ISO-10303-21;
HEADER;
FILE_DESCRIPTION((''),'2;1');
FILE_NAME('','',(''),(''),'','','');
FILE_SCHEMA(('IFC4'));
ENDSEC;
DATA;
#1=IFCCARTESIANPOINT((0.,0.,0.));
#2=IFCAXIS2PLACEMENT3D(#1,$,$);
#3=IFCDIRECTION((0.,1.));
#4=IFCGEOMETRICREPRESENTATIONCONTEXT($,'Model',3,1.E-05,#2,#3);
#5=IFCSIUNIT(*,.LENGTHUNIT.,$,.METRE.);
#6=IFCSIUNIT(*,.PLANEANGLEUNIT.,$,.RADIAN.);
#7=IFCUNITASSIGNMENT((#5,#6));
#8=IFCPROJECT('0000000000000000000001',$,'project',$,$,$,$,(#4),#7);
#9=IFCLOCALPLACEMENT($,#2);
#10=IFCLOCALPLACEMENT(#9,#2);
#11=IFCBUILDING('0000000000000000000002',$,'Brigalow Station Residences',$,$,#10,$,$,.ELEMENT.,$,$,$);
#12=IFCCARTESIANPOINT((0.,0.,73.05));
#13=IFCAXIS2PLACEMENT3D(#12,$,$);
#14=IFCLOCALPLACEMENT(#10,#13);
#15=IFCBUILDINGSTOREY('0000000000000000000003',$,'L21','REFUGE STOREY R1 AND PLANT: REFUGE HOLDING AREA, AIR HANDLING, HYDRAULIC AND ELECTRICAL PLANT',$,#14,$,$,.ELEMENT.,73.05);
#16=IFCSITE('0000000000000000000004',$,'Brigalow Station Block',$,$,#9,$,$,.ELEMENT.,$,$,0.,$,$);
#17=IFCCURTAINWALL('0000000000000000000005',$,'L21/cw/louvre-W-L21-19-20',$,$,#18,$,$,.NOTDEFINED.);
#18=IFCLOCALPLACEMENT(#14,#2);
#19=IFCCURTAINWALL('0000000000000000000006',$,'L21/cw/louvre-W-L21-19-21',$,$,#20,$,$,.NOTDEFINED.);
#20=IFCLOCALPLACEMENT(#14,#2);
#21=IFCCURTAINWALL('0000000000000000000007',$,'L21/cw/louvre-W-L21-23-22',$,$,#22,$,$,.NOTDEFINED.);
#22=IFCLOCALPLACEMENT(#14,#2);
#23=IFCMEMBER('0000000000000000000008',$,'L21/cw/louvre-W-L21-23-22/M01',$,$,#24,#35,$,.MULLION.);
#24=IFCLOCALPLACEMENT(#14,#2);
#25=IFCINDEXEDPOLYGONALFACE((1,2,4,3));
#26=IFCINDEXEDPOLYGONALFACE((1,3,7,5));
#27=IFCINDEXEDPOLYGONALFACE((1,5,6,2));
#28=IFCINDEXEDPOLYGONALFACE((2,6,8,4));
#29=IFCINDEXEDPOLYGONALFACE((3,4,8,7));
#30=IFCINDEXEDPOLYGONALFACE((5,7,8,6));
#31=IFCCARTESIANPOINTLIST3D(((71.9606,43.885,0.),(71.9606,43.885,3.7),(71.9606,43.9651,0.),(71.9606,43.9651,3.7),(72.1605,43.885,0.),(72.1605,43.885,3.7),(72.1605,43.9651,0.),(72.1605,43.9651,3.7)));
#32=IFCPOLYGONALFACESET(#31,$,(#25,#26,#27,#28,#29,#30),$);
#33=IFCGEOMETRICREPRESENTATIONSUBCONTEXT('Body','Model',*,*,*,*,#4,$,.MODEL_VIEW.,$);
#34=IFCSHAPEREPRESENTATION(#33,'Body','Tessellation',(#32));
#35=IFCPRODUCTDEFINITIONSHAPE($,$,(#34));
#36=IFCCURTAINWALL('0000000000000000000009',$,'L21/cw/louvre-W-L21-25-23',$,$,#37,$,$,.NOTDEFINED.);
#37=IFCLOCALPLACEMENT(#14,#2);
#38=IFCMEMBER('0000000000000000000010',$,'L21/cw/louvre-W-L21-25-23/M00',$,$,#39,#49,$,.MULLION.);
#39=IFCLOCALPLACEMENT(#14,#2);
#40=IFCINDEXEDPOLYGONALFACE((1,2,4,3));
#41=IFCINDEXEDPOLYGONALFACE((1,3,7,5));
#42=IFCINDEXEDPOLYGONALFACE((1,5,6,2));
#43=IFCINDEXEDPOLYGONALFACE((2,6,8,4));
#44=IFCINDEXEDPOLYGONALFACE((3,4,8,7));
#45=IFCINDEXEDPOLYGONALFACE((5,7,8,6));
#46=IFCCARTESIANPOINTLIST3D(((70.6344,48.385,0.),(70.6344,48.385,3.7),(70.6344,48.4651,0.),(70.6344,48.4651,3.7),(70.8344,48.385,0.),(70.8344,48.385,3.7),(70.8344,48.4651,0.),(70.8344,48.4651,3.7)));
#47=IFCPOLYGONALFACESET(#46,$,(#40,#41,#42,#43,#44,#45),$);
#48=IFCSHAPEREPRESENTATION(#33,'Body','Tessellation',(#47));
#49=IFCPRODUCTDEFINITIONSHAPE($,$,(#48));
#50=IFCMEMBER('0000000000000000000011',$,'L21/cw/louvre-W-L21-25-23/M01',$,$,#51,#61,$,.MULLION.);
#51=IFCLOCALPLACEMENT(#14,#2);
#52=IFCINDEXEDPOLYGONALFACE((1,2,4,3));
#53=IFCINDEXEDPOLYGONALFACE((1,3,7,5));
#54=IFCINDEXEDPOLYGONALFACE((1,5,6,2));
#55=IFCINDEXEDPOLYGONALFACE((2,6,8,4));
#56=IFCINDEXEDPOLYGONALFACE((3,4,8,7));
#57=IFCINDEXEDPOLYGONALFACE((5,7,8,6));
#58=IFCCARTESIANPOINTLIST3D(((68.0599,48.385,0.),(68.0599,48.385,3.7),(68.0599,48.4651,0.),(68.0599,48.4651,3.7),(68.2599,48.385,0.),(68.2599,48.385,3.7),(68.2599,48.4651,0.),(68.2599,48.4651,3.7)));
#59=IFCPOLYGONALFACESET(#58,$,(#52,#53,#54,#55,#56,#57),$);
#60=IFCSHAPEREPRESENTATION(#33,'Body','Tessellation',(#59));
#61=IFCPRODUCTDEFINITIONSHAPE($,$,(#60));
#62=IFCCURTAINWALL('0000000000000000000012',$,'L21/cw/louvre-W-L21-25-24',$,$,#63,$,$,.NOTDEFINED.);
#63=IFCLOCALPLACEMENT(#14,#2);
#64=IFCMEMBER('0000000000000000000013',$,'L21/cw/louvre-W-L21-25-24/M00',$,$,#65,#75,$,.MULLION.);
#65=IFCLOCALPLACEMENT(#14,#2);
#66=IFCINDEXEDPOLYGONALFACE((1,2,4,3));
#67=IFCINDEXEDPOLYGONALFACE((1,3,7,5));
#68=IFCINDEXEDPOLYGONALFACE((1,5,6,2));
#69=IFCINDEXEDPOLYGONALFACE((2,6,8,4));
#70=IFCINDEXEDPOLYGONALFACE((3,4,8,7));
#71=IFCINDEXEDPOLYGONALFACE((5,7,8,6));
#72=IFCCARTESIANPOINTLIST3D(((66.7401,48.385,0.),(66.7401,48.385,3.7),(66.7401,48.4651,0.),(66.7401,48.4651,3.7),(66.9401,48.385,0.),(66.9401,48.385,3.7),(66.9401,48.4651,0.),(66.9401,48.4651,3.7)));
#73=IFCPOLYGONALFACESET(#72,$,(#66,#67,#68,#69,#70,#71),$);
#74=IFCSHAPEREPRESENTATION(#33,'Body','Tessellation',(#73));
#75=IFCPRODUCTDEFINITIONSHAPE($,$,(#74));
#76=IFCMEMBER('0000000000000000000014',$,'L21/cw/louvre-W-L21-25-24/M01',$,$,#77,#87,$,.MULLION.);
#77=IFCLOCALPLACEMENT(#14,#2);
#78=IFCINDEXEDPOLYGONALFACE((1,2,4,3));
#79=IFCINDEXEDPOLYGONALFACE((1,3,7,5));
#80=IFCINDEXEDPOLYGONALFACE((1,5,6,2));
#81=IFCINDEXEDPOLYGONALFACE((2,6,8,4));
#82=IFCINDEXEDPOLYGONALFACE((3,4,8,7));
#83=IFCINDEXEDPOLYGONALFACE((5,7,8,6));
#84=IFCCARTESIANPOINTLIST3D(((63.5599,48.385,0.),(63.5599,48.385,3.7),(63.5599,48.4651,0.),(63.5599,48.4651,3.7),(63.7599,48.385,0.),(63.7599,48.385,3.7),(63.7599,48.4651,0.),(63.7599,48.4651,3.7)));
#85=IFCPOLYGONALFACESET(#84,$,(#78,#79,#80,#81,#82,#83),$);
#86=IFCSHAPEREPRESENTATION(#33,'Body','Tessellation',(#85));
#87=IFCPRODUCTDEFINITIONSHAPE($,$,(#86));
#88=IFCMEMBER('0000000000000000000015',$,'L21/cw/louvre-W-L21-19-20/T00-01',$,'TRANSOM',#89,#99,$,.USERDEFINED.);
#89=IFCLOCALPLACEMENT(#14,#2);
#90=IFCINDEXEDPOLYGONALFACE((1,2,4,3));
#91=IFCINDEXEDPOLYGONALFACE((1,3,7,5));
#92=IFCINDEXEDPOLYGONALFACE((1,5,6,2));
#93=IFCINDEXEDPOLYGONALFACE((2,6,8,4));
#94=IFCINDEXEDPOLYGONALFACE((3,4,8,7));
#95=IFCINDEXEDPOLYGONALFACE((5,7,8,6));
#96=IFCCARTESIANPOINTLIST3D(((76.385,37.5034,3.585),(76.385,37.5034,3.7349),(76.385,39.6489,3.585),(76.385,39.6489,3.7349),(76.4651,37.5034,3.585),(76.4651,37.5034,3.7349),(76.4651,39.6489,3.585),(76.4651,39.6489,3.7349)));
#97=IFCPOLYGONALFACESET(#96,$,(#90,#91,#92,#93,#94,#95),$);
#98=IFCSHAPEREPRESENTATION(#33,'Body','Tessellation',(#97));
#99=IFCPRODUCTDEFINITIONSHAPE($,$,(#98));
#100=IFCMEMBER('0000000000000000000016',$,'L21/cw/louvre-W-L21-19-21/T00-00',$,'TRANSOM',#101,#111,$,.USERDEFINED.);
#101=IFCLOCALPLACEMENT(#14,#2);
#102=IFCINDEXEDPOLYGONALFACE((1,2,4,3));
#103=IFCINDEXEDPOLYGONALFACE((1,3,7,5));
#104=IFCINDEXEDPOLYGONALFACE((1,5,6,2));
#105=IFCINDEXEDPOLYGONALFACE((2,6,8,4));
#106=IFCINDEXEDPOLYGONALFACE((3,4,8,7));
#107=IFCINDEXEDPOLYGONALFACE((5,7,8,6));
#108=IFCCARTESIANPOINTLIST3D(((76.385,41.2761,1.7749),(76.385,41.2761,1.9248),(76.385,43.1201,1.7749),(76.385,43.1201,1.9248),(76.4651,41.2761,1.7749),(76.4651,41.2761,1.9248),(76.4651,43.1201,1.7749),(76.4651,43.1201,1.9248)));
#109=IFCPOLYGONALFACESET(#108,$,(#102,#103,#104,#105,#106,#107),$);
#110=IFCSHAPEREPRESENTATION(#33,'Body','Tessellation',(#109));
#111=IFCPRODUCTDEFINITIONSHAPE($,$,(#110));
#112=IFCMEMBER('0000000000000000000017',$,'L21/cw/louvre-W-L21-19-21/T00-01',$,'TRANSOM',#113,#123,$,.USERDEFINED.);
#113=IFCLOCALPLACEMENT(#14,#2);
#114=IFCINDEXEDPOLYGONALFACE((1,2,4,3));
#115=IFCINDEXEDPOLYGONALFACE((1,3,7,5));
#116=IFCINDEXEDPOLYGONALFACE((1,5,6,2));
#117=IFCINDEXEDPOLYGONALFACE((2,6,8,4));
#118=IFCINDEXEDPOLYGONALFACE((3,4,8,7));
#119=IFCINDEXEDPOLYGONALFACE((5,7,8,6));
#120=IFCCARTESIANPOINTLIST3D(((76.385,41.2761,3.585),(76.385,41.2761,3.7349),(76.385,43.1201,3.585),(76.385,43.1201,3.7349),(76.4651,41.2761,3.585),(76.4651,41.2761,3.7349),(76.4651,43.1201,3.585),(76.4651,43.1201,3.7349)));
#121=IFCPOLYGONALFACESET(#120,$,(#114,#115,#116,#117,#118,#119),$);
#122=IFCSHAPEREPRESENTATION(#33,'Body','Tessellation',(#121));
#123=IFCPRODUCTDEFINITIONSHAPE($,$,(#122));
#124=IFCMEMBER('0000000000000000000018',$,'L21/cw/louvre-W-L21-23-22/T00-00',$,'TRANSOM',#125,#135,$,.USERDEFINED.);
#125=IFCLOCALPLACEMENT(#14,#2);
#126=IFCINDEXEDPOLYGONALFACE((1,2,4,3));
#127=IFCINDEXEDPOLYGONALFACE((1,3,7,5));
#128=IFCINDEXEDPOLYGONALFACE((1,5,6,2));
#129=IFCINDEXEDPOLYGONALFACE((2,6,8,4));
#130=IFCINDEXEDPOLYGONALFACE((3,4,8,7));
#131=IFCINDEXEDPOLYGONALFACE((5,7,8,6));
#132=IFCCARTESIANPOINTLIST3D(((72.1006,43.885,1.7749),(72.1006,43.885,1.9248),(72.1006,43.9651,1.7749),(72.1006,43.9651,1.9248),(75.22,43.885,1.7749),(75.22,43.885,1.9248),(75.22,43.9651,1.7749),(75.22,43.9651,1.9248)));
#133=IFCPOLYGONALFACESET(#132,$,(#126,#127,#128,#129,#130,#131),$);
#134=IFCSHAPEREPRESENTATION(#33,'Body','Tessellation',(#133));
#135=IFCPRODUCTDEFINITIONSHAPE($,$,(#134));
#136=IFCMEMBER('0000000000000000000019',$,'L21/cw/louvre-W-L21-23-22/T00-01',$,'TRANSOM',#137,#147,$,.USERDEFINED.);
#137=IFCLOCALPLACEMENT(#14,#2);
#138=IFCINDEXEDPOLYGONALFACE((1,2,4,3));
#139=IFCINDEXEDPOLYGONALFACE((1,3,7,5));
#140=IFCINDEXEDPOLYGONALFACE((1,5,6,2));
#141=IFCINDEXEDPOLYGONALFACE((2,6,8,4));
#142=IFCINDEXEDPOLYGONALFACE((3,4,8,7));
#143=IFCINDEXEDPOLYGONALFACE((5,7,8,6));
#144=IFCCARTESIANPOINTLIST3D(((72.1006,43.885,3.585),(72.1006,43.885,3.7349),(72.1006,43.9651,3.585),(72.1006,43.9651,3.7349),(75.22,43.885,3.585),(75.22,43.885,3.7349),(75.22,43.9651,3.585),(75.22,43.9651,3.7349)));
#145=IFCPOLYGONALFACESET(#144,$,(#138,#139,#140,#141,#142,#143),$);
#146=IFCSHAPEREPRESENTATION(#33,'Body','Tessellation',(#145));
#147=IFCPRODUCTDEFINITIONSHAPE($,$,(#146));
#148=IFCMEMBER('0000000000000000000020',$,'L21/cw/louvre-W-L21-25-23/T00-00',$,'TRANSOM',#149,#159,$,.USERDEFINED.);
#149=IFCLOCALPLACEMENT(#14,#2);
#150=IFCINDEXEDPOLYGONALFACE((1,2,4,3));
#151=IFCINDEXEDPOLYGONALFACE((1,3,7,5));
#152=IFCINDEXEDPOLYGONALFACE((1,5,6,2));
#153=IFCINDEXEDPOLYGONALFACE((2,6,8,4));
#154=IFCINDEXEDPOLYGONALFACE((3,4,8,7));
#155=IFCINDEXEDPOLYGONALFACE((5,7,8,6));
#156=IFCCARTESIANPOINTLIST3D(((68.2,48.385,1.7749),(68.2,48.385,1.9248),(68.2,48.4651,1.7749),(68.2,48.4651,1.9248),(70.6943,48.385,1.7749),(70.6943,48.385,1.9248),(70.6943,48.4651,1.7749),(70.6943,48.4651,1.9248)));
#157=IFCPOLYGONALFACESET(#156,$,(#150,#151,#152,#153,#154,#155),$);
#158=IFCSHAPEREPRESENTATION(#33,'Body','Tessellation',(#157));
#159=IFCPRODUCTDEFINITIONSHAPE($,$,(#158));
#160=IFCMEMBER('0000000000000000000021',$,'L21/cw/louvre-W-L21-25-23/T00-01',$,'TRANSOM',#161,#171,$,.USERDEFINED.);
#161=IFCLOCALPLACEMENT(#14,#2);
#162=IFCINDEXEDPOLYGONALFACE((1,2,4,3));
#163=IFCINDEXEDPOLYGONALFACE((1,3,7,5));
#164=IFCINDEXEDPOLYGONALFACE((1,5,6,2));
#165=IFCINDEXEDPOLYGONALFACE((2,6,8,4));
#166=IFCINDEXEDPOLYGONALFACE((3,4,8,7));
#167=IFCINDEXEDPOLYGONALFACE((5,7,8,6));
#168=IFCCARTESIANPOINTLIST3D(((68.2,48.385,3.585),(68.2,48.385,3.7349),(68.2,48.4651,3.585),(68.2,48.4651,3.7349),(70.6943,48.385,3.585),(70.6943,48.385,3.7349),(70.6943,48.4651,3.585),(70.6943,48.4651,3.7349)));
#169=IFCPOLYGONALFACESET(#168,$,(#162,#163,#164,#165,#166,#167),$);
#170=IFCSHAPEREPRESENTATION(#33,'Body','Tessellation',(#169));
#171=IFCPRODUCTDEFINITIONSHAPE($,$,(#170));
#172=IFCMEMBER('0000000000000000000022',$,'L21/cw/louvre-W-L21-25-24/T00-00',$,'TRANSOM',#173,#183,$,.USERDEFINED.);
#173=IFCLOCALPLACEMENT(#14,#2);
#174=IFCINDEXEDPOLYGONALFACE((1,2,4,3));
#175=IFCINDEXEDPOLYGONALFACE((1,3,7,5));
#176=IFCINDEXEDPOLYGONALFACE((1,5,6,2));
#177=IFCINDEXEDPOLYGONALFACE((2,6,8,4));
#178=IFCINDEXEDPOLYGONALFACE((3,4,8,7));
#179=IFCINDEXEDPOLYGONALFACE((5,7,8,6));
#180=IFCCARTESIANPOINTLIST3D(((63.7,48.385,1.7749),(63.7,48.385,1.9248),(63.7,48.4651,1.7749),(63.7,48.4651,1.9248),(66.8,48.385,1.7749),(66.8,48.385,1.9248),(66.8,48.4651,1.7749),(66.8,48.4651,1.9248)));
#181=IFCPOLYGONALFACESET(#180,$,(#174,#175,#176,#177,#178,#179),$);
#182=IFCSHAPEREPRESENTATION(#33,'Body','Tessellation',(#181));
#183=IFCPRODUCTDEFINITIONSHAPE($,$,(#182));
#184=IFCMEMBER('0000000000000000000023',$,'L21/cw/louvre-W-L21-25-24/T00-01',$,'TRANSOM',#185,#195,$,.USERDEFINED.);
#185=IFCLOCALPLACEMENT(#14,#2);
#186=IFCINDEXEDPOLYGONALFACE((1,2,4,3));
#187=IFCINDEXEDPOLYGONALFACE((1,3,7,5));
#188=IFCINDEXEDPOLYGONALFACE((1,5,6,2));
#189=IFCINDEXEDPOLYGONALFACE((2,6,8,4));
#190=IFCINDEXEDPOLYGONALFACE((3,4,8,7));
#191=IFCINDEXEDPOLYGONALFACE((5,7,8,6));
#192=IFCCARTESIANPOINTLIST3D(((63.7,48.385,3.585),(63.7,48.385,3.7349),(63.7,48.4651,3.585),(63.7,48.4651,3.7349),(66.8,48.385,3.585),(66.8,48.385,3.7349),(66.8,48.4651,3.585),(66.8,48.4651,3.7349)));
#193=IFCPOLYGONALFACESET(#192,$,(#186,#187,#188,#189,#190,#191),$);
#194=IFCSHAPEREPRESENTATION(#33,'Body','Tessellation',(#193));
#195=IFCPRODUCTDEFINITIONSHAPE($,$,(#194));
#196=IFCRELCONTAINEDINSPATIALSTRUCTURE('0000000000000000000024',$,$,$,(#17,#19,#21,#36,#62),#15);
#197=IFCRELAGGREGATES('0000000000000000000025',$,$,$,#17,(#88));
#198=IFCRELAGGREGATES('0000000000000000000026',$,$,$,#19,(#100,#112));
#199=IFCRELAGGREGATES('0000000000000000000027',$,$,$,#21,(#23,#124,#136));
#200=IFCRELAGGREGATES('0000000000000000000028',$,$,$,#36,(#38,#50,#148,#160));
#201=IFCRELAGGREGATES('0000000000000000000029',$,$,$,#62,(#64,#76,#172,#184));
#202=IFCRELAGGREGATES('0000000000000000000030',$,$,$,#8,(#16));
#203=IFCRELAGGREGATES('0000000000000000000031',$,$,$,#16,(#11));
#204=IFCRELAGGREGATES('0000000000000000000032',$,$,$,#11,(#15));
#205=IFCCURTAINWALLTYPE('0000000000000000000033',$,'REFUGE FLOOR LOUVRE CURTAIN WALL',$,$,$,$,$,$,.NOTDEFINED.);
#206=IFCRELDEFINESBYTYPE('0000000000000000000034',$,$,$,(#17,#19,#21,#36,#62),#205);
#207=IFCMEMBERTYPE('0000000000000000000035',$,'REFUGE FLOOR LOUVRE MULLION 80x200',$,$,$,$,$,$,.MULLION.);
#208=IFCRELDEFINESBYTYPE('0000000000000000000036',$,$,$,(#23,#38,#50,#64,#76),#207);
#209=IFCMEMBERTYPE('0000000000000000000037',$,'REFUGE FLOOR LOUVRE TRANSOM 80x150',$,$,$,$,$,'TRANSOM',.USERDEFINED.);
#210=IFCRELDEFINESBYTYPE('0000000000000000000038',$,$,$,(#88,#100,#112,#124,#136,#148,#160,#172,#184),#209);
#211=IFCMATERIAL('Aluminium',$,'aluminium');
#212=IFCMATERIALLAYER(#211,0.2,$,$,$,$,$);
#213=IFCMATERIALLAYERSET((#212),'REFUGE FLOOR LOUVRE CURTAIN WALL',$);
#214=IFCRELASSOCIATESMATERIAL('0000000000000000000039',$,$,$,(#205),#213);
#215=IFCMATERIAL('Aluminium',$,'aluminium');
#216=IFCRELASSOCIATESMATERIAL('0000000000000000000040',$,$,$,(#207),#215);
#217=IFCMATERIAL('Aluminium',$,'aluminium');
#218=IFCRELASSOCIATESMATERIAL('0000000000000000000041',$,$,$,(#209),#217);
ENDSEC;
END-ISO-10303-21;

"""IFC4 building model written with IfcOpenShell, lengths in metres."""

from ifc_helpers import new_model, si_unit, direction, frame, origin, origin_2d, place, context, subcontext, project, spatial, rectangle, extrude, material, layer, layer_set, material_profile, profile_set, type_object, element, aggregate, save


model = new_model("IFC4")

# Units and contexts
model_context = context("Model", 3, precision=1e-05, world=origin(), true_north=direction((0.0, 1.0)))
body_context = subcontext(model_context, "Body", "Model", "MODEL_VIEW")
ifc_project = project(units=[si_unit("LENGTHUNIT", "METRE"), si_unit("PLANEANGLEUNIT", "RADIAN")], contexts=[model_context])

# Site, building, storey
site_placement = place(None, origin())
site = spatial("IfcSite", under=ifc_project, at=site_placement, Name="Brigalow Station Block", CompositionType="ELEMENT", RefElevation=0.0)
building_placement = place(site_placement, origin())
building = spatial("IfcBuilding", under=site, at=building_placement, Name="Brigalow Station Residences", CompositionType="ELEMENT")
storey_placement = place(building_placement, frame((0.0, 0.0, 73.05)))
storey = spatial("IfcBuildingStorey", under=building, at=storey_placement, Name="L21", Description="REFUGE STOREY R1 AND PLANT: REFUGE HOLDING AREA, AIR HANDLING, HYDRAULIC AND ELECTRICAL PLANT", CompositionType="ELEMENT", Elevation=73.05)

# Curtain wall
ifc_material_1 = material(Name="Aluminium", Category="aluminium")
ifc_layer_1 = layer(ifc_material_1, 0.2)
ifc_layer_set_1 = layer_set([ifc_layer_1], Name="REFUGE FLOOR LOUVRE CURTAIN WALL")
curtain_wall_type = type_object("IfcCurtainWallType", Name="REFUGE FLOOR LOUVRE CURTAIN WALL", PredefinedType="NOTDEFINED", material=ifc_layer_set_1)
curtain_wall_1_placement = place(storey_placement, origin())
curtain_wall_1 = element("IfcCurtainWall", 1, at=curtain_wall_1_placement, inside=storey, type_object=curtain_wall_type, Name="L21/cw/louvre-W-L21-19-20", PredefinedType="NOTDEFINED")
ifc_material_2 = material(Name="Aluminium", Category="aluminium")
ifc_material_profile_1 = material_profile(ifc_material_2, rectangle(XDim=0.0801, YDim=0.2, at=origin_2d()), Name="REFUGE FLOOR LOUVRE MULLION 80x200")
ifc_profile_set_1 = profile_set([ifc_material_profile_1], Name="Aluminium")
member_type_1 = type_object("IfcMemberType", Name="REFUGE FLOOR LOUVRE MULLION 80x200", PredefinedType="MULLION", material=ifc_profile_set_1)

# Curtain walls, members
curtain_wall_2_placement = place(storey_placement, origin())
curtain_wall_2 = element("IfcCurtainWall", 2, at=curtain_wall_2_placement, inside=storey, type_object=curtain_wall_type, Name="L21/cw/louvre-W-L21-19-21", PredefinedType="NOTDEFINED")
curtain_wall_3_placement = place(storey_placement, origin())
curtain_wall_3 = element("IfcCurtainWall", 3, at=curtain_wall_3_placement, inside=storey, type_object=curtain_wall_type, Name="L21/cw/louvre-W-L21-23-22", PredefinedType="NOTDEFINED")
member_1_placement = place(storey_placement, frame((72.0605, 43.925, 0.0), z_axis=(0.0, 0.0, 1.0), x_axis=(0.0, -1.0, 0.0)))
member_1 = element("IfcMember", 4, at=member_1_placement, type_object=member_type_1, Name="L21/cw/louvre-W-L21-23-22/M01", PredefinedType="MULLION", context=body_context, shape_type="SweptSolid", body=[
    extrude(rectangle(XDim=0.0801, YDim=0.2, at=origin_2d()), origin(), (0.0, 0.0, 1.0), 3.7),
])
curtain_wall_4_placement = place(storey_placement, origin())
curtain_wall_4 = element("IfcCurtainWall", 5, at=curtain_wall_4_placement, inside=storey, type_object=curtain_wall_type, Name="L21/cw/louvre-W-L21-25-23", PredefinedType="NOTDEFINED")
member_2_placement = place(storey_placement, frame((70.7344, 48.425, 0.0), z_axis=(0.0, 0.0, 1.0), x_axis=(0.0, -1.0, 0.0)))
member_2 = element("IfcMember", 6, at=member_2_placement, type_object=member_type_1, Name="L21/cw/louvre-W-L21-25-23/M00", PredefinedType="MULLION", context=body_context, shape_type="SweptSolid", body=[
    extrude(rectangle(XDim=0.0801, YDim=0.2, at=origin_2d()), origin(), (0.0, 0.0, 1.0), 3.7),
])
member_3_placement = place(storey_placement, frame((68.1599, 48.425, 0.0), z_axis=(0.0, 0.0, 1.0), x_axis=(0.0, -1.0, 0.0)))
member_3 = element("IfcMember", 7, at=member_3_placement, type_object=member_type_1, Name="L21/cw/louvre-W-L21-25-23/M01", PredefinedType="MULLION", context=body_context, shape_type="SweptSolid", body=[
    extrude(rectangle(XDim=0.0801, YDim=0.2, at=origin_2d()), origin(), (0.0, 0.0, 1.0), 3.7),
])
curtain_wall_5_placement = place(storey_placement, origin())
curtain_wall_5 = element("IfcCurtainWall", 8, at=curtain_wall_5_placement, inside=storey, type_object=curtain_wall_type, Name="L21/cw/louvre-W-L21-25-24", PredefinedType="NOTDEFINED")
member_4_placement = place(storey_placement, frame((66.8401, 48.425, 0.0), z_axis=(0.0, 0.0, 1.0), x_axis=(0.0, -1.0, 0.0)))
member_4 = element("IfcMember", 9, at=member_4_placement, type_object=member_type_1, Name="L21/cw/louvre-W-L21-25-24/M00", PredefinedType="MULLION", context=body_context, shape_type="SweptSolid", body=[
    extrude(rectangle(XDim=0.0801, YDim=0.2, at=origin_2d()), origin(), (0.0, 0.0, 1.0), 3.7),
])
member_5_placement = place(storey_placement, frame((63.6599, 48.425, 0.0), z_axis=(0.0, 0.0, 1.0), x_axis=(0.0, -1.0, 0.0)))
member_5 = element("IfcMember", 10, at=member_5_placement, type_object=member_type_1, Name="L21/cw/louvre-W-L21-25-24/M01", PredefinedType="MULLION", context=body_context, shape_type="SweptSolid", body=[
    extrude(rectangle(XDim=0.0801, YDim=0.2, at=origin_2d()), origin(), (0.0, 0.0, 1.0), 3.7),
])

# Members
ifc_material_3 = material(Name="Aluminium", Category="aluminium")
ifc_material_profile_2 = material_profile(ifc_material_3, rectangle(XDim=0.0801, YDim=0.1499, at=origin_2d()), Name="REFUGE FLOOR LOUVRE TRANSOM 80x150")
ifc_profile_set_2 = profile_set([ifc_material_profile_2], Name="Aluminium")
member_type_2 = type_object("IfcMemberType", Name="REFUGE FLOOR LOUVRE TRANSOM 80x150", ElementType="TRANSOM", PredefinedType="USERDEFINED", material=ifc_profile_set_2)
member_6_placement = place(storey_placement, frame((76.425, 37.5034, 3.6599), z_axis=(0.0, 1.0, 0.0), x_axis=(-1.0, 0.0, 0.0)))
member_6 = element("IfcMember", 11, at=member_6_placement, type_object=member_type_2, Name="L21/cw/louvre-W-L21-19-20/T00-01", ObjectType="TRANSOM", PredefinedType="USERDEFINED", context=body_context, shape_type="SweptSolid", body=[
    extrude(rectangle(XDim=0.0801, YDim=0.1499, at=origin_2d()), origin(), (0.0, 0.0, 1.0), 2.1455),
])
member_7_placement = place(storey_placement, frame((76.425, 41.2761, 1.8499), z_axis=(0.0, 1.0, 0.0), x_axis=(-1.0, 0.0, 0.0)))
member_7 = element("IfcMember", 12, at=member_7_placement, type_object=member_type_2, Name="L21/cw/louvre-W-L21-19-21/T00-00", ObjectType="TRANSOM", PredefinedType="USERDEFINED", context=body_context, shape_type="SweptSolid", body=[
    extrude(rectangle(XDim=0.0801, YDim=0.1499, at=origin_2d()), origin(), (0.0, 0.0, 1.0), 1.844),
])
member_8_placement = place(storey_placement, frame((76.425, 41.2761, 3.6599), z_axis=(0.0, 1.0, 0.0), x_axis=(-1.0, 0.0, 0.0)))
member_8 = element("IfcMember", 13, at=member_8_placement, type_object=member_type_2, Name="L21/cw/louvre-W-L21-19-21/T00-01", ObjectType="TRANSOM", PredefinedType="USERDEFINED", context=body_context, shape_type="SweptSolid", body=[
    extrude(rectangle(XDim=0.0801, YDim=0.1499, at=origin_2d()), origin(), (0.0, 0.0, 1.0), 1.844),
])
member_9_placement = place(storey_placement, frame((75.22, 43.925, 1.8499), z_axis=(-1.0, 0.0, 0.0), x_axis=(0.0, -1.0, 0.0)))
member_9 = element("IfcMember", 14, at=member_9_placement, type_object=member_type_2, Name="L21/cw/louvre-W-L21-23-22/T00-00", ObjectType="TRANSOM", PredefinedType="USERDEFINED", context=body_context, shape_type="SweptSolid", body=[
    extrude(rectangle(XDim=0.0801, YDim=0.1499, at=origin_2d()), origin(), (0.0, 0.0, 1.0), 3.1194),
])
member_10_placement = place(storey_placement, frame((75.22, 43.925, 3.6599), z_axis=(-1.0, 0.0, 0.0), x_axis=(0.0, -1.0, 0.0)))
member_10 = element("IfcMember", 15, at=member_10_placement, type_object=member_type_2, Name="L21/cw/louvre-W-L21-23-22/T00-01", ObjectType="TRANSOM", PredefinedType="USERDEFINED", context=body_context, shape_type="SweptSolid", body=[
    extrude(rectangle(XDim=0.0801, YDim=0.1499, at=origin_2d()), origin(), (0.0, 0.0, 1.0), 3.1194),
])
member_11_placement = place(storey_placement, frame((70.6943, 48.425, 1.8499), z_axis=(-1.0, 0.0, 0.0), x_axis=(0.0, -1.0, 0.0)))
member_11 = element("IfcMember", 16, at=member_11_placement, type_object=member_type_2, Name="L21/cw/louvre-W-L21-25-23/T00-00", ObjectType="TRANSOM", PredefinedType="USERDEFINED", context=body_context, shape_type="SweptSolid", body=[
    extrude(rectangle(XDim=0.0801, YDim=0.1499, at=origin_2d()), origin(), (0.0, 0.0, 1.0), 2.4944),
])
member_12_placement = place(storey_placement, frame((70.6943, 48.425, 3.6599), z_axis=(-1.0, 0.0, 0.0), x_axis=(0.0, -1.0, 0.0)))
member_12 = element("IfcMember", 17, at=member_12_placement, type_object=member_type_2, Name="L21/cw/louvre-W-L21-25-23/T00-01", ObjectType="TRANSOM", PredefinedType="USERDEFINED", context=body_context, shape_type="SweptSolid", body=[
    extrude(rectangle(XDim=0.0801, YDim=0.1499, at=origin_2d()), origin(), (0.0, 0.0, 1.0), 2.4944),
])
member_13_placement = place(storey_placement, frame((66.8, 48.425, 1.8499), z_axis=(-1.0, 0.0, 0.0), x_axis=(0.0, -1.0, 0.0)))
member_13 = element("IfcMember", 18, at=member_13_placement, type_object=member_type_2, Name="L21/cw/louvre-W-L21-25-24/T00-00", ObjectType="TRANSOM", PredefinedType="USERDEFINED", context=body_context, shape_type="SweptSolid", body=[
    extrude(rectangle(XDim=0.0801, YDim=0.1499, at=origin_2d()), origin(), (0.0, 0.0, 1.0), 3.1001),
])
member_14_placement = place(storey_placement, frame((66.8, 48.425, 3.6599), z_axis=(-1.0, 0.0, 0.0), x_axis=(0.0, -1.0, 0.0)))
member_14 = element("IfcMember", 19, at=member_14_placement, type_object=member_type_2, Name="L21/cw/louvre-W-L21-25-24/T00-01", ObjectType="TRANSOM", PredefinedType="USERDEFINED", context=body_context, shape_type="SweptSolid", body=[
    extrude(rectangle(XDim=0.0801, YDim=0.1499, at=origin_2d()), origin(), (0.0, 0.0, 1.0), 3.1001),
])

aggregate(curtain_wall_1, [member_6])
aggregate(curtain_wall_2, [member_7, member_8])
aggregate(curtain_wall_3, [member_1, member_9, member_10])
aggregate(curtain_wall_4, [member_2, member_3, member_11, member_12])
aggregate(curtain_wall_5, [member_4, member_5, member_13, member_14])

save(model, "model.ifc")
